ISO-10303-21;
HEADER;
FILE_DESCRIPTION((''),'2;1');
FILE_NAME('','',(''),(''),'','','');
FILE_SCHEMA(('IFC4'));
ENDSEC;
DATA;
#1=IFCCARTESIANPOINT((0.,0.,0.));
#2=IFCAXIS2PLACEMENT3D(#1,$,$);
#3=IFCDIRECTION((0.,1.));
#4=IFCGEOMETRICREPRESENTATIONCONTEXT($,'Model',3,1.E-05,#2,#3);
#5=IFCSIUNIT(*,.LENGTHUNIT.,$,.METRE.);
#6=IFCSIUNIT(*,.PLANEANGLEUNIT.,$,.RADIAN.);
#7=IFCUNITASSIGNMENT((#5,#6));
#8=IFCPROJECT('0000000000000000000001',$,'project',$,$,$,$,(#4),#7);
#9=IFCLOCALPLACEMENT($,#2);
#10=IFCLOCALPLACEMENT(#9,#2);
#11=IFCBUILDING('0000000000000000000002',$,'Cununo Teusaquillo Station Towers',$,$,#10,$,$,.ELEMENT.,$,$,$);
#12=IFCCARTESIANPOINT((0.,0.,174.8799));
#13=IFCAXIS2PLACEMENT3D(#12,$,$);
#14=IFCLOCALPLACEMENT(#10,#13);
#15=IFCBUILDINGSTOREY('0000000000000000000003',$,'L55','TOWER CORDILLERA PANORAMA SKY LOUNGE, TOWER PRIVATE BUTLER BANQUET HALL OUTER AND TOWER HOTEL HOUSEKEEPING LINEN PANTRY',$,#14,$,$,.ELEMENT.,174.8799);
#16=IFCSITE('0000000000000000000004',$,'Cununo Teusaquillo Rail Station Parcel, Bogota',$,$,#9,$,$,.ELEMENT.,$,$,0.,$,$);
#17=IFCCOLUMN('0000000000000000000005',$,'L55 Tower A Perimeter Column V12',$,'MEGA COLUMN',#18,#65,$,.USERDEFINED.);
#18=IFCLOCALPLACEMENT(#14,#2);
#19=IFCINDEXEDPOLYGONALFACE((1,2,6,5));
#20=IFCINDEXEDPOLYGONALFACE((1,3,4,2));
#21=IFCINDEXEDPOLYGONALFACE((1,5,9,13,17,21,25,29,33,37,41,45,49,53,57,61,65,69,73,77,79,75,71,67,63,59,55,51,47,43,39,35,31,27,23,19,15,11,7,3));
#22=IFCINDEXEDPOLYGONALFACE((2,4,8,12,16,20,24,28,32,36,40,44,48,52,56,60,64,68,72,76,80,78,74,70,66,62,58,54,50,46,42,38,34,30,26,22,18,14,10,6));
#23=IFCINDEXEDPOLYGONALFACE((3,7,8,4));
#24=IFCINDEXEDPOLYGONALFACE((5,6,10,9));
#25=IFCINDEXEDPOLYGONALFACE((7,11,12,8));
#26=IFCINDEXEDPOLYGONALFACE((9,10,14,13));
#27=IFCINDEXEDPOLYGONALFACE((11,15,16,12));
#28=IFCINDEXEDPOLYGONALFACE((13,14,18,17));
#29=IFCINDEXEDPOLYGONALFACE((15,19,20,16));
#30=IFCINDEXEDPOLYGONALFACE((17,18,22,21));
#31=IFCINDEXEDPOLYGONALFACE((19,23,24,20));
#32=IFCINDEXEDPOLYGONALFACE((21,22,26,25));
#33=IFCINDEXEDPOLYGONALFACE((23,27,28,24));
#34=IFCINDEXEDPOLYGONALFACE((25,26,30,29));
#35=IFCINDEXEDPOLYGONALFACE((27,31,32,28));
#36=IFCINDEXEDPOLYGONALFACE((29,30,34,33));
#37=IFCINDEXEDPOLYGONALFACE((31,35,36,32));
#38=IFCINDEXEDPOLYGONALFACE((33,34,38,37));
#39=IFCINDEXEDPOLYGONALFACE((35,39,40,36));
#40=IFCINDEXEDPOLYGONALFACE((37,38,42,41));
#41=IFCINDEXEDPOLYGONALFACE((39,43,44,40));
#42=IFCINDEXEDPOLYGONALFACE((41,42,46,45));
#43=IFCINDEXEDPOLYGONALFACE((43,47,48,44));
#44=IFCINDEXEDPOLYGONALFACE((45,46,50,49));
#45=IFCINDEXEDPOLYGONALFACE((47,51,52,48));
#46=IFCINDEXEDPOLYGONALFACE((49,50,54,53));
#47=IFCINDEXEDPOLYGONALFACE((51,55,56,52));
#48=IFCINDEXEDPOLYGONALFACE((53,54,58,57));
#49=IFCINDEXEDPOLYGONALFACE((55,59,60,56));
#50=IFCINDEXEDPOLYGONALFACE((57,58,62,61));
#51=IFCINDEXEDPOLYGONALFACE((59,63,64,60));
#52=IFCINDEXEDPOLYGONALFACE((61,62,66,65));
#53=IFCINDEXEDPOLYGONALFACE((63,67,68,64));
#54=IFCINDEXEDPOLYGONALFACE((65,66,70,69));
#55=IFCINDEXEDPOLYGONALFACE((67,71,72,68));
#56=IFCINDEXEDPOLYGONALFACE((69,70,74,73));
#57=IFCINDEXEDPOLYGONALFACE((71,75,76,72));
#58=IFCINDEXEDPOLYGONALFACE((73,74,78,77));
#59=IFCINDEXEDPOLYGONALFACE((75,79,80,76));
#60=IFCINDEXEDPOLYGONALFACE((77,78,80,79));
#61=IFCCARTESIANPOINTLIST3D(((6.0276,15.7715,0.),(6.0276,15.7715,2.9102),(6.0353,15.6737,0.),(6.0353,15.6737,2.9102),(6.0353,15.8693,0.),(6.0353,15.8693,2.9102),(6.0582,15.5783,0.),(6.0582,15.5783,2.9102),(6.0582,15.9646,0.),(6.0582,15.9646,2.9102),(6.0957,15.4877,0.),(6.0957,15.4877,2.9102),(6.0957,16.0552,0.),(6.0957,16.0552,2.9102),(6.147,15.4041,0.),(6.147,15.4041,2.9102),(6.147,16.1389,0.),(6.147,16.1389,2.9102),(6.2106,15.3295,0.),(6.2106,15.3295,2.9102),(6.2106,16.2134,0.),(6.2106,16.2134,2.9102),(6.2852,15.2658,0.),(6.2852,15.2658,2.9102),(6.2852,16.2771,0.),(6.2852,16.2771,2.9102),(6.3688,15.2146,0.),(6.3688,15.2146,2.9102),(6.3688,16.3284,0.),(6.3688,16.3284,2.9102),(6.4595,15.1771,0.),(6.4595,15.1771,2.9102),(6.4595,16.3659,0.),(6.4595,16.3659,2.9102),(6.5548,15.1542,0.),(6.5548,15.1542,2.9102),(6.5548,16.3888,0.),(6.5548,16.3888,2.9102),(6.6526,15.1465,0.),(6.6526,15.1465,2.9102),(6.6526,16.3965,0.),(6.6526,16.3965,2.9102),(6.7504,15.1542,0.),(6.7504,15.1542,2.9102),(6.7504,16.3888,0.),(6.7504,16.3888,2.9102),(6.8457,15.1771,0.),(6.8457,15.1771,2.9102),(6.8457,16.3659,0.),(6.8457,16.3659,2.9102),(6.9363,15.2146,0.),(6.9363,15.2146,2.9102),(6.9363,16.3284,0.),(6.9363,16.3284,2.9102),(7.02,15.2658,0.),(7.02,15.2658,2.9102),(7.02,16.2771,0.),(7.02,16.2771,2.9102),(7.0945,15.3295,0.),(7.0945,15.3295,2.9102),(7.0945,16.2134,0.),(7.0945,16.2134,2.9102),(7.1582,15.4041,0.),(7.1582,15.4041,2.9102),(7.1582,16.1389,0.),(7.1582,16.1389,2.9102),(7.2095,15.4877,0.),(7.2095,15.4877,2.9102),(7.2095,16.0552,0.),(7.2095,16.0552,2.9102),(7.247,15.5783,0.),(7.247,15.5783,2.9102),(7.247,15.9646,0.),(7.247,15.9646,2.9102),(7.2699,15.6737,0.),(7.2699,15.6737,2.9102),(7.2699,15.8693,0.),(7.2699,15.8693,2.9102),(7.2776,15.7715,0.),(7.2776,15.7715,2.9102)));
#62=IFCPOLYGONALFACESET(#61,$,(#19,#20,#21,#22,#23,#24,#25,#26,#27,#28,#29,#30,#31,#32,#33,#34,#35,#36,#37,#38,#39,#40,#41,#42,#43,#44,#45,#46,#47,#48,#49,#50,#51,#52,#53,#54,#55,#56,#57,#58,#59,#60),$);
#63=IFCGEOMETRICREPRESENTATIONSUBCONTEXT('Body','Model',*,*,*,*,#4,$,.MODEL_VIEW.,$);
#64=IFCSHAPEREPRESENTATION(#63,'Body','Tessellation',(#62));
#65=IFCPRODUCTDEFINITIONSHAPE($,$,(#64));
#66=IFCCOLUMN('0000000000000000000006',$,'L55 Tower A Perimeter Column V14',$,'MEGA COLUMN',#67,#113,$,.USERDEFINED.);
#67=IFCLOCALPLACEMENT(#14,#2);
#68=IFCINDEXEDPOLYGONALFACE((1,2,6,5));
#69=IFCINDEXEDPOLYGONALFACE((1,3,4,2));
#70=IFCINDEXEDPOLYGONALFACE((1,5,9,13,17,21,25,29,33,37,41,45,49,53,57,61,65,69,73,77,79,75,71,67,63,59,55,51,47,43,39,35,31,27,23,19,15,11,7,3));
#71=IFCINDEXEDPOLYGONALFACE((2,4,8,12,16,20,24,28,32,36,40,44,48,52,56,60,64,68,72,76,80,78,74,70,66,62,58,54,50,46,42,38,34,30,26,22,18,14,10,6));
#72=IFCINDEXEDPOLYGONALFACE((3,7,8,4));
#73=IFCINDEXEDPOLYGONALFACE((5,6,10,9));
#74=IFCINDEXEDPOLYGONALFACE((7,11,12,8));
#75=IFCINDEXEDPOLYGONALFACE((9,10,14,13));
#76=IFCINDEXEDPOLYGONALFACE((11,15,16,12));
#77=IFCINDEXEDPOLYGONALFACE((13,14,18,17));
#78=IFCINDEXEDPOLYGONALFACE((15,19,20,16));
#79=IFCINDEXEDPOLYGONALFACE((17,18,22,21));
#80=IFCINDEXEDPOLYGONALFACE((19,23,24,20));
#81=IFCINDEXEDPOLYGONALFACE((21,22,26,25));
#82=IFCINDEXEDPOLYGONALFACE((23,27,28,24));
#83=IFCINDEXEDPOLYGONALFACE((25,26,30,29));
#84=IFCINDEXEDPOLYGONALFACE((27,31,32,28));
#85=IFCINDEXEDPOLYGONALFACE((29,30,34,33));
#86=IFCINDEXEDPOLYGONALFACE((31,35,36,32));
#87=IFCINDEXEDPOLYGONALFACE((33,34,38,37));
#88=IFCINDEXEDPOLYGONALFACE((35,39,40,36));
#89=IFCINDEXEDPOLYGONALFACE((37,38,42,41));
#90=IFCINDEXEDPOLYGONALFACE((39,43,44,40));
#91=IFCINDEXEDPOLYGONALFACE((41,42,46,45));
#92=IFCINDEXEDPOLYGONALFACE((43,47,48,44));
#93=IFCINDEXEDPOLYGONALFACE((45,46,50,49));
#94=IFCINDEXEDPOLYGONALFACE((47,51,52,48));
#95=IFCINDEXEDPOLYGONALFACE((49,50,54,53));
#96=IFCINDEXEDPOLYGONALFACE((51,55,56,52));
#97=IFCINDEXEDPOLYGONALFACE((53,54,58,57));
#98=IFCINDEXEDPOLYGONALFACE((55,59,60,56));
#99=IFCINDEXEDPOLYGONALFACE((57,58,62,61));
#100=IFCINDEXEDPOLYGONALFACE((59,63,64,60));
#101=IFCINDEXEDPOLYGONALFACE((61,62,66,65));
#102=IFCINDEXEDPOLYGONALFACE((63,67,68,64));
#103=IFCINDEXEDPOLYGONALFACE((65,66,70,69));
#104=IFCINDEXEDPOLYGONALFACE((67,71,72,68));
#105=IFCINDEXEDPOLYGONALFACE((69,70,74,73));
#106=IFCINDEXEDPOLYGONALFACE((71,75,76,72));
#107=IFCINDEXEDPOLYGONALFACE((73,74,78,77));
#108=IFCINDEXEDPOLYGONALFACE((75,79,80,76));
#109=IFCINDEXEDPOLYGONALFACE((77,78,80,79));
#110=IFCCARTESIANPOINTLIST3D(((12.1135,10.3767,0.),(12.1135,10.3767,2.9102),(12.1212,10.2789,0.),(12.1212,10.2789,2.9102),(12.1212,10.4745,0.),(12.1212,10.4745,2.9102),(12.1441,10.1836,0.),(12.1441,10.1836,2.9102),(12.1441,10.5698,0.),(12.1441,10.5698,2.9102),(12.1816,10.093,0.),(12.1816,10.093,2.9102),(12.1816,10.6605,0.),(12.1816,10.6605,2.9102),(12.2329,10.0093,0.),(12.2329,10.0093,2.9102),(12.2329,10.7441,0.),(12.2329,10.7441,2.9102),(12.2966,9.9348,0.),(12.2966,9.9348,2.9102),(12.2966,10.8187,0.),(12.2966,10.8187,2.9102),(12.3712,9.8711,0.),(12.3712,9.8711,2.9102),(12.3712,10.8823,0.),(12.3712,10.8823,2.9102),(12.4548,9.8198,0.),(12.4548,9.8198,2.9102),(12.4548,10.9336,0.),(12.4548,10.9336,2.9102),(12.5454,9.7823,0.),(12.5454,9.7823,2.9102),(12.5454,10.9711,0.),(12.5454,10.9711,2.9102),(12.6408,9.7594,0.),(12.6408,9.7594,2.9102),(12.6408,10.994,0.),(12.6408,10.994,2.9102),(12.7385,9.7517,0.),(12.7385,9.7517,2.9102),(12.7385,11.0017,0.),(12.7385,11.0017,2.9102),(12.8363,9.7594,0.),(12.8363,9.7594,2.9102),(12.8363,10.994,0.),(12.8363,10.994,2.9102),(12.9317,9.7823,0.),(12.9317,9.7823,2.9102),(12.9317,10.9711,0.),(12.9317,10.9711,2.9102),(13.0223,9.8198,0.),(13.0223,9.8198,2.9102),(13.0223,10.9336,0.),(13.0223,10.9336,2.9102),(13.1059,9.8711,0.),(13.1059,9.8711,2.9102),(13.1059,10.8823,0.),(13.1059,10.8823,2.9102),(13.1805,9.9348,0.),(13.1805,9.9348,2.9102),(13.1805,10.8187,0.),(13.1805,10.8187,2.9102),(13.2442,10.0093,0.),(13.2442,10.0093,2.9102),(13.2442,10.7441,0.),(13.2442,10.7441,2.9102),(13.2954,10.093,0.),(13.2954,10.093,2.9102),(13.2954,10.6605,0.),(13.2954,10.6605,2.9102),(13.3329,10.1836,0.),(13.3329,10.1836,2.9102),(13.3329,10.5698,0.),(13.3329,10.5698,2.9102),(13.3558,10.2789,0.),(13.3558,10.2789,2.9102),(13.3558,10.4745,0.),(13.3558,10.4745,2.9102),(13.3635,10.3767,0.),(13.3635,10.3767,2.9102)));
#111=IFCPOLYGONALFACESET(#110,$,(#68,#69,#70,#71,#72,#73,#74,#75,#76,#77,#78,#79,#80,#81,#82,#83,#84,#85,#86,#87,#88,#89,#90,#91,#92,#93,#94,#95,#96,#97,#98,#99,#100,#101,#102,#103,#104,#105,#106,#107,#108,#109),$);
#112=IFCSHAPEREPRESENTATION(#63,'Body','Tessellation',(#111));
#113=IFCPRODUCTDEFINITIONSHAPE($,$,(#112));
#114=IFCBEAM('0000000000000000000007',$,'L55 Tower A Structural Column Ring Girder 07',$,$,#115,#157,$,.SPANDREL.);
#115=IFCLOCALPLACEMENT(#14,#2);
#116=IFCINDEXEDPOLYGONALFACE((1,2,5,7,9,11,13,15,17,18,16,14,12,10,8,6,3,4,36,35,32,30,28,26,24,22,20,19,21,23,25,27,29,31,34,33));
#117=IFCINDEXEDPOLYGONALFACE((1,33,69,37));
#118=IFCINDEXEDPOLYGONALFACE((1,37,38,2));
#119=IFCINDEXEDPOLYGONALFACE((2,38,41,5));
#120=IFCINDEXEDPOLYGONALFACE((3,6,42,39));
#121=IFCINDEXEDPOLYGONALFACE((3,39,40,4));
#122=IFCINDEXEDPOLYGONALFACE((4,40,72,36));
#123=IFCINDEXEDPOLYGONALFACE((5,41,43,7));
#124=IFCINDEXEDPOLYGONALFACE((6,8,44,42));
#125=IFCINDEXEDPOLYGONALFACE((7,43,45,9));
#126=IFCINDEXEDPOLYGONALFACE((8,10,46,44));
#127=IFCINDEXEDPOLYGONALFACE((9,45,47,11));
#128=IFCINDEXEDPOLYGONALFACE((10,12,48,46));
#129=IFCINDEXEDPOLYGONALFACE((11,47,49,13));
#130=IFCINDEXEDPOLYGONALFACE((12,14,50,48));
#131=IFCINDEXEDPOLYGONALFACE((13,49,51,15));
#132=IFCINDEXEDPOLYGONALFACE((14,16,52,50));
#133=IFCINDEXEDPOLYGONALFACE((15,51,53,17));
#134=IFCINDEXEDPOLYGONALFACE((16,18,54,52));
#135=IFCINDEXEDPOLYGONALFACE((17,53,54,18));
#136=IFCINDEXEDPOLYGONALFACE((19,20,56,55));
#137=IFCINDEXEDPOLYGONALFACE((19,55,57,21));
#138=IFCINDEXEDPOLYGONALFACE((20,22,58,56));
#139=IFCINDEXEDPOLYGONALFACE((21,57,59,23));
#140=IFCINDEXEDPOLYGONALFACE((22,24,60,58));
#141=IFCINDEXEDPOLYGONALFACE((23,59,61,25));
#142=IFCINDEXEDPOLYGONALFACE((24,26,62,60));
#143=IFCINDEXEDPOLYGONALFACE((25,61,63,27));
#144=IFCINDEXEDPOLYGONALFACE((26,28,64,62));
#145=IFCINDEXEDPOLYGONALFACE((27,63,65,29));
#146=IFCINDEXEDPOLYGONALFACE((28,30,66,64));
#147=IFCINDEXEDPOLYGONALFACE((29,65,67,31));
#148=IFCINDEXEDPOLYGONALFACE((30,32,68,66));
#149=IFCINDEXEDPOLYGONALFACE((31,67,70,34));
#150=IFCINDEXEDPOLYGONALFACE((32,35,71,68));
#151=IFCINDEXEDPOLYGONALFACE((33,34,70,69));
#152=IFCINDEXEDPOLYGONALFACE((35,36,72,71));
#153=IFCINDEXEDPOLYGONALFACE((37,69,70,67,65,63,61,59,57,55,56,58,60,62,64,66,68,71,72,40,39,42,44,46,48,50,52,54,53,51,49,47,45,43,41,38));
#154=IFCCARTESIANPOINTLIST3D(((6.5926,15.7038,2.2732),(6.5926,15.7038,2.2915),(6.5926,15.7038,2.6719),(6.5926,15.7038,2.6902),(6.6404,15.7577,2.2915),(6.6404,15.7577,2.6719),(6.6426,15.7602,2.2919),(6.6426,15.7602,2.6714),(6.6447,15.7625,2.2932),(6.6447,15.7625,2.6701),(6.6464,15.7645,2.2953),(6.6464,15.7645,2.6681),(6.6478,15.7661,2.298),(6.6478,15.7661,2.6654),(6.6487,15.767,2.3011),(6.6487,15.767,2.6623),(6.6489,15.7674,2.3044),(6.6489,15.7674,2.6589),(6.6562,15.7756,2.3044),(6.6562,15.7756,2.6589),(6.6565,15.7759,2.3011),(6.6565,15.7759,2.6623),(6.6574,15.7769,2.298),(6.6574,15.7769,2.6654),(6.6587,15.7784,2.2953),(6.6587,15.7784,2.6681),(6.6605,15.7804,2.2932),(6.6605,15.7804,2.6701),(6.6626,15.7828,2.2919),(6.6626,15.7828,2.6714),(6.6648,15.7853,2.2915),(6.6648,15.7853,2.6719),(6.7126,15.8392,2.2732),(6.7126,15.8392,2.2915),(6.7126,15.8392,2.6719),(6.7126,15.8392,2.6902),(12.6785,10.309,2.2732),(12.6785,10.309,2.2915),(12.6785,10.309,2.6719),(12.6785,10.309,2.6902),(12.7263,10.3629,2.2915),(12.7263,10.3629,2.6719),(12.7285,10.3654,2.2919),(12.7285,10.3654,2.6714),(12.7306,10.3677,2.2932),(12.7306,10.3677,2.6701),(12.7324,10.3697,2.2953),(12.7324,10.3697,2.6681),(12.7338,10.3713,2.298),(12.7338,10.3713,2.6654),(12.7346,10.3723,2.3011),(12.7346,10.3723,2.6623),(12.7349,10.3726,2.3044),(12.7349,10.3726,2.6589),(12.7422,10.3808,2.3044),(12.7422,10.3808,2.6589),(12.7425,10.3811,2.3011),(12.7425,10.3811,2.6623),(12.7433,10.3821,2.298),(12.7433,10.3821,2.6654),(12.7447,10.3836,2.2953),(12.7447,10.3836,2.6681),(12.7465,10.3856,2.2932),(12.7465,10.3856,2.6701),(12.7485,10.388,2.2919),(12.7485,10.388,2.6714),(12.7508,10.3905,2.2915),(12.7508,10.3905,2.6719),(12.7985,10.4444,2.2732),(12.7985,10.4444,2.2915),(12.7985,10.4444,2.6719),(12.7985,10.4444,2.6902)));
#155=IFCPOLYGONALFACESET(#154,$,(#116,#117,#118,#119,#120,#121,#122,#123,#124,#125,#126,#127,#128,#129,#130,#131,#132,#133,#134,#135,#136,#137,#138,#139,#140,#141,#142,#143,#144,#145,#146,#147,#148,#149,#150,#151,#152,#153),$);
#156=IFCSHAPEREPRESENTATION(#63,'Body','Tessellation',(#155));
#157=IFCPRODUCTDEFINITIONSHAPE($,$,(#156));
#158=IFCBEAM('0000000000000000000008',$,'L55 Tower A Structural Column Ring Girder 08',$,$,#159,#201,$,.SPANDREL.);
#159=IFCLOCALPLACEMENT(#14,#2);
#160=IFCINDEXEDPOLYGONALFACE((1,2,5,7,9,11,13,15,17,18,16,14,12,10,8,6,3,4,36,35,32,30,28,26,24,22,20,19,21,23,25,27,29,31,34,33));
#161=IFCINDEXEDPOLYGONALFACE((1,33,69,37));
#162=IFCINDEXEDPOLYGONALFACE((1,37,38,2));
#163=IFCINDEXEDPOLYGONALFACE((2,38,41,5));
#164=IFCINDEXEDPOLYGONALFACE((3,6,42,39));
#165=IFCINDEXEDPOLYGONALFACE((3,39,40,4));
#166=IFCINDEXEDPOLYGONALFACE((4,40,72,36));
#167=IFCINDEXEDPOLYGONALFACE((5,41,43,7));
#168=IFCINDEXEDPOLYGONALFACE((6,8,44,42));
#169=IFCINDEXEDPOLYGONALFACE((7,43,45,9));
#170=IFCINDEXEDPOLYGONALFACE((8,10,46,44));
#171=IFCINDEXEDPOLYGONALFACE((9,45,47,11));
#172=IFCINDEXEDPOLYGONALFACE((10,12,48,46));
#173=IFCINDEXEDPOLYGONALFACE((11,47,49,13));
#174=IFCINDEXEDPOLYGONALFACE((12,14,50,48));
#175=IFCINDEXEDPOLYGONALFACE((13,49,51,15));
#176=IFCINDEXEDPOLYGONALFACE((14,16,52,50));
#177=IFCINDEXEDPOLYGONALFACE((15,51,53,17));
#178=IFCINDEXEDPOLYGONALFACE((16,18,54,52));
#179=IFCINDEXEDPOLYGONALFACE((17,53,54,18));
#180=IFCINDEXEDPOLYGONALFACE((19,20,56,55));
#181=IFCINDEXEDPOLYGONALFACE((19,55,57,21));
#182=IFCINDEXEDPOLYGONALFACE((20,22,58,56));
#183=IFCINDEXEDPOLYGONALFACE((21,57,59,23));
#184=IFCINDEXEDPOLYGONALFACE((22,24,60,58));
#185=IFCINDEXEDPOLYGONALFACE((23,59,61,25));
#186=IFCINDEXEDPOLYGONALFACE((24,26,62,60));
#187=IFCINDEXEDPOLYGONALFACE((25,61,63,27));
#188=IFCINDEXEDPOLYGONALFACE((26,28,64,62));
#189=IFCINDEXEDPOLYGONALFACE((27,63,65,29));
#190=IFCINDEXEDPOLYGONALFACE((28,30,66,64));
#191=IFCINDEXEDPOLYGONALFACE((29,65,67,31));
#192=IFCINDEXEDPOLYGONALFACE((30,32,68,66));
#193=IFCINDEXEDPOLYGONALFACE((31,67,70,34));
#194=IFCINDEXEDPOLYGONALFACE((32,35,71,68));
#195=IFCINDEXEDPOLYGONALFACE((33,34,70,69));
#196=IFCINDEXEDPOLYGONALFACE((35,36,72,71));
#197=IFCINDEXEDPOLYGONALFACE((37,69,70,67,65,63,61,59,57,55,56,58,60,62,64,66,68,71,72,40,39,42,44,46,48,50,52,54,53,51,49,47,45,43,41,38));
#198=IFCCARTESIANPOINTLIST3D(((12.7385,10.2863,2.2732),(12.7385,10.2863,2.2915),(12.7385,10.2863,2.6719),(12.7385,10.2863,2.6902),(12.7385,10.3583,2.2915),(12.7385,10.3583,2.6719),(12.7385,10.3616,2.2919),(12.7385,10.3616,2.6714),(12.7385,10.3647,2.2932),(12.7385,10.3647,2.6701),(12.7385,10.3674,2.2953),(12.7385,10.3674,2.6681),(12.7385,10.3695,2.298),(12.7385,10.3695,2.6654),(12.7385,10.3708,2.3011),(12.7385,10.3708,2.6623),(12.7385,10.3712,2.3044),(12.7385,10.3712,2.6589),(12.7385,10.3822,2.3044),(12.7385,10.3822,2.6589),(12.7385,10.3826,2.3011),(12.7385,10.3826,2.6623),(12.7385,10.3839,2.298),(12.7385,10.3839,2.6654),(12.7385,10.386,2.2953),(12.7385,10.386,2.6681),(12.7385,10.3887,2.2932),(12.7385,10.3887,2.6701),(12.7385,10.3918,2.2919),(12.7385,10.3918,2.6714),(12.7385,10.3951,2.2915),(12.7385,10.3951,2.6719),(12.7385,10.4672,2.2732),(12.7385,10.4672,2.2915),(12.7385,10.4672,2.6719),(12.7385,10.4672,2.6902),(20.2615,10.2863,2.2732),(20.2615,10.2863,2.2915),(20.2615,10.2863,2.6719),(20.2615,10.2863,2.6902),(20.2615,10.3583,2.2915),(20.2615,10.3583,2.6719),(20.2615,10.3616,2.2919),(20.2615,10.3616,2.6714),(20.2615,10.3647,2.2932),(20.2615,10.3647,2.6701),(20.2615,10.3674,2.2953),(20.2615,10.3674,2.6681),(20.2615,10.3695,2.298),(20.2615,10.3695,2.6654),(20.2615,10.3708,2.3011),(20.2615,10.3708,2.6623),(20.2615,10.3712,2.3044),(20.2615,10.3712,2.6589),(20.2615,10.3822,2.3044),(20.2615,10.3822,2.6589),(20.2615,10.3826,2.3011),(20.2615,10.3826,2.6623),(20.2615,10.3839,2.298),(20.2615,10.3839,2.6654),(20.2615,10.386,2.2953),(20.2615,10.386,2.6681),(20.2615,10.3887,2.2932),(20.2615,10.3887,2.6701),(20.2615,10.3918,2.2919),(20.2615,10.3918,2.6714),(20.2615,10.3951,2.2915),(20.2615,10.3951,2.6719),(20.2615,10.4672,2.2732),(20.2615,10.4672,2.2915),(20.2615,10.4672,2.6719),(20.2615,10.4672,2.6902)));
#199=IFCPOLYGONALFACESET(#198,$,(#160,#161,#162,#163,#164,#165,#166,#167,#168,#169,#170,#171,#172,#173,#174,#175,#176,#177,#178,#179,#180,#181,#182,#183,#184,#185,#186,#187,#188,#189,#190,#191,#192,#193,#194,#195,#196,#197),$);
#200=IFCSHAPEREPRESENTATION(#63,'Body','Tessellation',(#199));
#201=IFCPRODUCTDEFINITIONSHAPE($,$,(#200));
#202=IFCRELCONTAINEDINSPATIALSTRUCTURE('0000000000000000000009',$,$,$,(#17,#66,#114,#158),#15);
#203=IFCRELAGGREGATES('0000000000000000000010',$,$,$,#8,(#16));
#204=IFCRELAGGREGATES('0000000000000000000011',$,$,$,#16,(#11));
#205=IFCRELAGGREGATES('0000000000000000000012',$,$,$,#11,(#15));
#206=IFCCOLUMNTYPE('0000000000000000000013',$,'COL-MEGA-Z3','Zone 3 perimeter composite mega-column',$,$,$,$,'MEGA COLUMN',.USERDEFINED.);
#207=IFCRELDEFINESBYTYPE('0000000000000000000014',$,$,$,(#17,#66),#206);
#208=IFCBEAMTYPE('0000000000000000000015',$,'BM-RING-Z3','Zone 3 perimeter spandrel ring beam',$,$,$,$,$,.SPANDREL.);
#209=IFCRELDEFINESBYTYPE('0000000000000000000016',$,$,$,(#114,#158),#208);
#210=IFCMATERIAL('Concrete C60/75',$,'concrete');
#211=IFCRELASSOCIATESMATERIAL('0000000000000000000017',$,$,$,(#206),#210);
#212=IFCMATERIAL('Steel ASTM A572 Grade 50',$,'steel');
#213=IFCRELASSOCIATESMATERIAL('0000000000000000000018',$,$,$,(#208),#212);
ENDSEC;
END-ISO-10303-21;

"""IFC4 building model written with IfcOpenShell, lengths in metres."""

from ifc_helpers import new_model, si_unit, direction, frame, origin, origin_2d, place, context, subcontext, project, spatial, circle, i_section, extrude, material, material_profile, profile_set, type_object, element, save


model = new_model("IFC4")

# Units and contexts
model_context = context("Model", 3, precision=1e-05, world=origin(), true_north=direction((0.0, 1.0)))
body_context = subcontext(model_context, "Body", "Model", "MODEL_VIEW")
ifc_project = project(units=[si_unit("LENGTHUNIT", "METRE"), si_unit("PLANEANGLEUNIT", "RADIAN")], contexts=[model_context])

# Site, building, storey
site_placement = place(None, origin())
site = spatial("IfcSite", under=ifc_project, at=site_placement, Name="Cununo Teusaquillo Rail Station Parcel, Bogota", CompositionType="ELEMENT", RefElevation=0.0)
building_placement = place(site_placement, origin())
building = spatial("IfcBuilding", under=site, at=building_placement, Name="Cununo Teusaquillo Station Towers", CompositionType="ELEMENT")
storey_placement = place(building_placement, frame((0.0, 0.0, 174.8799)))
storey = spatial("IfcBuildingStorey", under=building, at=storey_placement, Name="L55", Description="TOWER CORDILLERA PANORAMA SKY LOUNGE, TOWER PRIVATE BUTLER BANQUET HALL OUTER AND TOWER HOTEL HOUSEKEEPING LINEN PANTRY", CompositionType="ELEMENT", Elevation=174.8799)

# Columns
ifc_material_1 = material(Name="Concrete C60/75", Category="concrete")
ifc_material_profile_1 = material_profile(ifc_material_1, circle(Radius=0.625, at=origin_2d()), Name="RC-CIRC-1250")
ifc_profile_set_1 = profile_set([ifc_material_profile_1], Name="Concrete C60/75")
column_type = type_object("IfcColumnType", Name="COL-MEGA-Z3", Description="Zone 3 perimeter composite mega-column", ElementType="MEGA COLUMN", PredefinedType="USERDEFINED", material=ifc_profile_set_1)
for number, where, z_axis, x_axis, name in (
    (1, (6.6526, 15.7715, 0.0), (0.0, 0.0, 1.0), (1.0, 0.0, 0.0), "L55 Tower A Perimeter Column V12"),
    (2, (12.7385, 10.3767, 0.0), (0.0, 0.0, 1.0), (1.0, 0.0, 0.0), "L55 Tower A Perimeter Column V14"),
):
    element("IfcColumn", number, at=place(storey_placement, frame(where, z_axis=z_axis, x_axis=x_axis)), inside=storey, type_object=column_type, Name=name, ObjectType="MEGA COLUMN", PredefinedType="USERDEFINED", context=body_context, shape_type="SweptSolid", body=[
        extrude(circle(Radius=0.625, at=origin_2d()), origin(), (0.0, 0.0, 1.0), 2.9102),
    ])

# Beams
ifc_material_2 = material(Name="Steel ASTM A572 Grade 50", Category="steel")
ifc_material_profile_2 = material_profile(ifc_material_2, i_section(OverallWidth=0.1809, OverallDepth=0.417, WebThickness=0.011, FlangeThickness=0.0183, FilletRadius=0.0129, at=origin_2d()), Name="W16X57")
ifc_profile_set_2 = profile_set([ifc_material_profile_2], Name="Steel ASTM A572 Grade 50")
beam_type_1 = type_object("IfcBeamType", Name="BM-RING-Z3", Description="Zone 3 perimeter spandrel ring beam", PredefinedType="SPANDREL", material=ifc_profile_set_2)
beam_1_placement = place(storey_placement, frame((6.6526, 15.7715, 2.4817), z_axis=(0.748321, -0.663337, 0.0), x_axis=(0.663337, 0.748321, 0.0)))
element("IfcBeam", 3, at=beam_1_placement, inside=storey, type_object=beam_type_1, Name="L55 Tower A Structural Column Ring Girder 07", PredefinedType="SPANDREL", context=body_context, shape_type="SweptSolid", body=[
    extrude(i_section(OverallWidth=0.1809, OverallDepth=0.417, WebThickness=0.011, FlangeThickness=0.0183, FilletRadius=0.0129, at=origin_2d()), origin(), (0.0, 0.0, 1.0), 8.1328),
])
beam_2_placement = place(storey_placement, frame((12.7385, 10.3767, 2.4817), z_axis=(1.0, 0.0, 0.0), x_axis=(0.0, 1.0, 0.0)))
element("IfcBeam", 4, at=beam_2_placement, inside=storey, type_object=beam_type_1, Name="L55 Tower A Structural Column Ring Girder 08", PredefinedType="SPANDREL", context=body_context, shape_type="SweptSolid", body=[
    extrude(i_section(OverallWidth=0.1809, OverallDepth=0.417, WebThickness=0.011, FlangeThickness=0.0183, FilletRadius=0.0129, at=origin_2d()), origin(), (0.0, 0.0, 1.0), 7.5229),
])

save(model, "model.ifc")
